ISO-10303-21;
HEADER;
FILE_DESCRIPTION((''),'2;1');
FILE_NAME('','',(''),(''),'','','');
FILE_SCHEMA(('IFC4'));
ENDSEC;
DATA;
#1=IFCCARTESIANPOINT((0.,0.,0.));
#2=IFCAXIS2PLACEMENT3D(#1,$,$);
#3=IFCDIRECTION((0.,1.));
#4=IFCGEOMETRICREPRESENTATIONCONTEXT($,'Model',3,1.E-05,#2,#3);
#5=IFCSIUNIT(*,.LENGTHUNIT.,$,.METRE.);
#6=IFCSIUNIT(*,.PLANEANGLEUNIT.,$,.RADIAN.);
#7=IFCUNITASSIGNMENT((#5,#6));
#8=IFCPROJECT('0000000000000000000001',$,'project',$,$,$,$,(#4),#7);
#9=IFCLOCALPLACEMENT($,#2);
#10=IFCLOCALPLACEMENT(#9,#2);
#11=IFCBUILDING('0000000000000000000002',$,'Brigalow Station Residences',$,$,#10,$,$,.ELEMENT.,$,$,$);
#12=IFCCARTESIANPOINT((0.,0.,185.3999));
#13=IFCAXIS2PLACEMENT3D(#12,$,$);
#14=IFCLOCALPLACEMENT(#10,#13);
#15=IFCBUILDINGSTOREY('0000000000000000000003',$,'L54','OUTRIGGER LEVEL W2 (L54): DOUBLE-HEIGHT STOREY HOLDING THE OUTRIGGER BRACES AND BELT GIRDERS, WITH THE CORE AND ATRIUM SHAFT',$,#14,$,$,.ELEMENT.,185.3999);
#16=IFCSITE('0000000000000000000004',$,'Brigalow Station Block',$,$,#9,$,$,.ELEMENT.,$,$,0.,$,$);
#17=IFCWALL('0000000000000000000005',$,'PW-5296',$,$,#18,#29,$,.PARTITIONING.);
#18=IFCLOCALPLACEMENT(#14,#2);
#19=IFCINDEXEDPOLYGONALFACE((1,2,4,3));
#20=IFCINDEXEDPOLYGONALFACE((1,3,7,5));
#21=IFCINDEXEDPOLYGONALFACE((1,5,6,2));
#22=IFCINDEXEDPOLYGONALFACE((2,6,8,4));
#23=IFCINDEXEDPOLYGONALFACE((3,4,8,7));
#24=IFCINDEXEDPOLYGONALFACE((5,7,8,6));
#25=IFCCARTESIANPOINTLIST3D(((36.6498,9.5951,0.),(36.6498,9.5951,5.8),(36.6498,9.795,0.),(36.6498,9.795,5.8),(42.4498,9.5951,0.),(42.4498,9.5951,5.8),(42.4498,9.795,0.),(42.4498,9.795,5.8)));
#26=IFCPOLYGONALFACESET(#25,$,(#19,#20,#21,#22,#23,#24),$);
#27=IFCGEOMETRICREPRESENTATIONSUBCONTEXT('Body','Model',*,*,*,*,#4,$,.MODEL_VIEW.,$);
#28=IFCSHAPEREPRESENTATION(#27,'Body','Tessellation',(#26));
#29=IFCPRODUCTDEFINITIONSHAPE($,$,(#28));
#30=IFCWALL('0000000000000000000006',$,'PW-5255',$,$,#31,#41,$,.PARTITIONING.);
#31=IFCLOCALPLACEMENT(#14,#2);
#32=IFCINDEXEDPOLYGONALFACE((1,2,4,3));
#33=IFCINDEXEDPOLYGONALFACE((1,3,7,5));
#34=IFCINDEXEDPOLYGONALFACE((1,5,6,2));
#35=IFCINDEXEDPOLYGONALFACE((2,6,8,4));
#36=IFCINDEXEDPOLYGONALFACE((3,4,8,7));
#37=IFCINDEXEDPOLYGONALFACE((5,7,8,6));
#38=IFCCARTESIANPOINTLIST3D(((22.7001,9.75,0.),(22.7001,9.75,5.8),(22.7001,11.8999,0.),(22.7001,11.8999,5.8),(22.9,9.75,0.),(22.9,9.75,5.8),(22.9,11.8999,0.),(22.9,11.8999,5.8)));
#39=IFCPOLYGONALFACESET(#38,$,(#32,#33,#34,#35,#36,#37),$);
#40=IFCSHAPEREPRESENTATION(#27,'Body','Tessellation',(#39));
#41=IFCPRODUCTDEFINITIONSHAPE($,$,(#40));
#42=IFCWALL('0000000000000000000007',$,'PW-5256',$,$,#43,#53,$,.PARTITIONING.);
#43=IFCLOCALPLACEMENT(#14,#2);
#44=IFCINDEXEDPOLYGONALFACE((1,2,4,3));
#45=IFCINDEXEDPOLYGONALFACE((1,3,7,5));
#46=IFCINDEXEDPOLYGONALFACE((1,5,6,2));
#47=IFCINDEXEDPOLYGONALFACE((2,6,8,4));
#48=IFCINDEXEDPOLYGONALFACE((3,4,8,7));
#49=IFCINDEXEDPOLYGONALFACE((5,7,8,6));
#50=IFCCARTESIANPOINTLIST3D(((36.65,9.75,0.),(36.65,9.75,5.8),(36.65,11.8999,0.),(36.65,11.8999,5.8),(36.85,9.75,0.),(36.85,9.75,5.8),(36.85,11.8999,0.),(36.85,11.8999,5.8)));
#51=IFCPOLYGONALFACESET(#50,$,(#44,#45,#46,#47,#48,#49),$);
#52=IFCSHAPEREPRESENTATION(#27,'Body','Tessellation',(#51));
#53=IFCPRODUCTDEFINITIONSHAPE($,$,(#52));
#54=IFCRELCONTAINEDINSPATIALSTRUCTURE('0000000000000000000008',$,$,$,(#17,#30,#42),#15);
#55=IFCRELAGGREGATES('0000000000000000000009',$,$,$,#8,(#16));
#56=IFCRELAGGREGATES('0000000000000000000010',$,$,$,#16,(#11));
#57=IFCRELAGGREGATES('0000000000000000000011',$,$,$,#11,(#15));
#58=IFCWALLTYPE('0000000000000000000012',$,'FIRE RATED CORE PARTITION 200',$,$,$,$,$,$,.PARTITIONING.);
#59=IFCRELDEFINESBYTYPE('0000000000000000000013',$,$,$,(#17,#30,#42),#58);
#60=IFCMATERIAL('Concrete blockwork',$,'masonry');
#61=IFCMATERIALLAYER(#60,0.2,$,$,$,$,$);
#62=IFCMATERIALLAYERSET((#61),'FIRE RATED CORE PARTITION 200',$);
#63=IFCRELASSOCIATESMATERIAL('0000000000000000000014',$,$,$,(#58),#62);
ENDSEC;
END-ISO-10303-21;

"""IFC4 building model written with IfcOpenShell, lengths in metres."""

from ifc_helpers import new_model, si_unit, direction, frame, frame_2d, origin, place, context, subcontext, project, spatial, rectangle, extrude, material, layer, layer_set, type_object, element, save


model = new_model("IFC4")

# Units and contexts
model_context = context("Model", 3, precision=1e-05, world=origin(), true_north=direction((0.0, 1.0)))
body_context = subcontext(model_context, "Body", "Model", "MODEL_VIEW")
ifc_project = project(units=[si_unit("LENGTHUNIT", "METRE"), si_unit("PLANEANGLEUNIT", "RADIAN")], contexts=[model_context])

# Site, building, storey
site_placement = place(None, origin())
site = spatial("IfcSite", under=ifc_project, at=site_placement, Name="Brigalow Station Block", CompositionType="ELEMENT", RefElevation=0.0)
building_placement = place(site_placement, origin())
building = spatial("IfcBuilding", under=site, at=building_placement, Name="Brigalow Station Residences", CompositionType="ELEMENT")
storey_placement = place(building_placement, frame((0.0, 0.0, 185.3999)))
storey = spatial("IfcBuildingStorey", under=building, at=storey_placement, Name="L54", Description="OUTRIGGER LEVEL W2 (L54): DOUBLE-HEIGHT STOREY HOLDING THE OUTRIGGER BRACES AND BELT GIRDERS, WITH THE CORE AND ATRIUM SHAFT", CompositionType="ELEMENT", Elevation=185.3999)

# Walls
ifc_material_1 = material(Name="Concrete blockwork", Category="masonry")
ifc_layer_1 = layer(ifc_material_1, 0.2)
ifc_layer_set_1 = layer_set([ifc_layer_1], Name="FIRE RATED CORE PARTITION 200")
wall_type_1 = type_object("IfcWallType", Name="FIRE RATED CORE PARTITION 200", PredefinedType="PARTITIONING", material=ifc_layer_set_1)
wall_1_placement = place(storey_placement, frame((36.6499, 9.6951, 0.0), z_axis=(0.0, 0.0, 1.0), x_axis=(1.0, 0.0, 0.0)))
element("IfcWall", 1, at=wall_1_placement, inside=storey, type_object=wall_type_1, Name="PW-5296", PredefinedType="PARTITIONING", context=body_context, shape_type="SweptSolid", body=[
    extrude(rectangle(XDim=5.8, YDim=0.2, at=frame_2d((2.8999, 0.0))), origin(), (0.0, 0.0, 1.0), 5.8),
])
for number, where, z_axis, x_axis, name in (
    (2, (22.8, 9.75, 0.0), (0.0, 0.0, 1.0), (0.0, 1.0, 0.0), "PW-5255"),
    (3, (36.75, 9.75, 0.0), (0.0, 0.0, 1.0), (0.0, 1.0, 0.0), "PW-5256"),
):
    element("IfcWall", number, at=place(storey_placement, frame(where, z_axis=z_axis, x_axis=x_axis)), inside=storey, type_object=wall_type_1, Name=name, PredefinedType="PARTITIONING", context=body_context, shape_type="SweptSolid", body=[
        extrude(rectangle(XDim=2.1499, YDim=0.2, at=frame_2d((1.075, 0.0))), origin(), (0.0, 0.0, 1.0), 5.8),
    ])

save(model, "model.ifc")
